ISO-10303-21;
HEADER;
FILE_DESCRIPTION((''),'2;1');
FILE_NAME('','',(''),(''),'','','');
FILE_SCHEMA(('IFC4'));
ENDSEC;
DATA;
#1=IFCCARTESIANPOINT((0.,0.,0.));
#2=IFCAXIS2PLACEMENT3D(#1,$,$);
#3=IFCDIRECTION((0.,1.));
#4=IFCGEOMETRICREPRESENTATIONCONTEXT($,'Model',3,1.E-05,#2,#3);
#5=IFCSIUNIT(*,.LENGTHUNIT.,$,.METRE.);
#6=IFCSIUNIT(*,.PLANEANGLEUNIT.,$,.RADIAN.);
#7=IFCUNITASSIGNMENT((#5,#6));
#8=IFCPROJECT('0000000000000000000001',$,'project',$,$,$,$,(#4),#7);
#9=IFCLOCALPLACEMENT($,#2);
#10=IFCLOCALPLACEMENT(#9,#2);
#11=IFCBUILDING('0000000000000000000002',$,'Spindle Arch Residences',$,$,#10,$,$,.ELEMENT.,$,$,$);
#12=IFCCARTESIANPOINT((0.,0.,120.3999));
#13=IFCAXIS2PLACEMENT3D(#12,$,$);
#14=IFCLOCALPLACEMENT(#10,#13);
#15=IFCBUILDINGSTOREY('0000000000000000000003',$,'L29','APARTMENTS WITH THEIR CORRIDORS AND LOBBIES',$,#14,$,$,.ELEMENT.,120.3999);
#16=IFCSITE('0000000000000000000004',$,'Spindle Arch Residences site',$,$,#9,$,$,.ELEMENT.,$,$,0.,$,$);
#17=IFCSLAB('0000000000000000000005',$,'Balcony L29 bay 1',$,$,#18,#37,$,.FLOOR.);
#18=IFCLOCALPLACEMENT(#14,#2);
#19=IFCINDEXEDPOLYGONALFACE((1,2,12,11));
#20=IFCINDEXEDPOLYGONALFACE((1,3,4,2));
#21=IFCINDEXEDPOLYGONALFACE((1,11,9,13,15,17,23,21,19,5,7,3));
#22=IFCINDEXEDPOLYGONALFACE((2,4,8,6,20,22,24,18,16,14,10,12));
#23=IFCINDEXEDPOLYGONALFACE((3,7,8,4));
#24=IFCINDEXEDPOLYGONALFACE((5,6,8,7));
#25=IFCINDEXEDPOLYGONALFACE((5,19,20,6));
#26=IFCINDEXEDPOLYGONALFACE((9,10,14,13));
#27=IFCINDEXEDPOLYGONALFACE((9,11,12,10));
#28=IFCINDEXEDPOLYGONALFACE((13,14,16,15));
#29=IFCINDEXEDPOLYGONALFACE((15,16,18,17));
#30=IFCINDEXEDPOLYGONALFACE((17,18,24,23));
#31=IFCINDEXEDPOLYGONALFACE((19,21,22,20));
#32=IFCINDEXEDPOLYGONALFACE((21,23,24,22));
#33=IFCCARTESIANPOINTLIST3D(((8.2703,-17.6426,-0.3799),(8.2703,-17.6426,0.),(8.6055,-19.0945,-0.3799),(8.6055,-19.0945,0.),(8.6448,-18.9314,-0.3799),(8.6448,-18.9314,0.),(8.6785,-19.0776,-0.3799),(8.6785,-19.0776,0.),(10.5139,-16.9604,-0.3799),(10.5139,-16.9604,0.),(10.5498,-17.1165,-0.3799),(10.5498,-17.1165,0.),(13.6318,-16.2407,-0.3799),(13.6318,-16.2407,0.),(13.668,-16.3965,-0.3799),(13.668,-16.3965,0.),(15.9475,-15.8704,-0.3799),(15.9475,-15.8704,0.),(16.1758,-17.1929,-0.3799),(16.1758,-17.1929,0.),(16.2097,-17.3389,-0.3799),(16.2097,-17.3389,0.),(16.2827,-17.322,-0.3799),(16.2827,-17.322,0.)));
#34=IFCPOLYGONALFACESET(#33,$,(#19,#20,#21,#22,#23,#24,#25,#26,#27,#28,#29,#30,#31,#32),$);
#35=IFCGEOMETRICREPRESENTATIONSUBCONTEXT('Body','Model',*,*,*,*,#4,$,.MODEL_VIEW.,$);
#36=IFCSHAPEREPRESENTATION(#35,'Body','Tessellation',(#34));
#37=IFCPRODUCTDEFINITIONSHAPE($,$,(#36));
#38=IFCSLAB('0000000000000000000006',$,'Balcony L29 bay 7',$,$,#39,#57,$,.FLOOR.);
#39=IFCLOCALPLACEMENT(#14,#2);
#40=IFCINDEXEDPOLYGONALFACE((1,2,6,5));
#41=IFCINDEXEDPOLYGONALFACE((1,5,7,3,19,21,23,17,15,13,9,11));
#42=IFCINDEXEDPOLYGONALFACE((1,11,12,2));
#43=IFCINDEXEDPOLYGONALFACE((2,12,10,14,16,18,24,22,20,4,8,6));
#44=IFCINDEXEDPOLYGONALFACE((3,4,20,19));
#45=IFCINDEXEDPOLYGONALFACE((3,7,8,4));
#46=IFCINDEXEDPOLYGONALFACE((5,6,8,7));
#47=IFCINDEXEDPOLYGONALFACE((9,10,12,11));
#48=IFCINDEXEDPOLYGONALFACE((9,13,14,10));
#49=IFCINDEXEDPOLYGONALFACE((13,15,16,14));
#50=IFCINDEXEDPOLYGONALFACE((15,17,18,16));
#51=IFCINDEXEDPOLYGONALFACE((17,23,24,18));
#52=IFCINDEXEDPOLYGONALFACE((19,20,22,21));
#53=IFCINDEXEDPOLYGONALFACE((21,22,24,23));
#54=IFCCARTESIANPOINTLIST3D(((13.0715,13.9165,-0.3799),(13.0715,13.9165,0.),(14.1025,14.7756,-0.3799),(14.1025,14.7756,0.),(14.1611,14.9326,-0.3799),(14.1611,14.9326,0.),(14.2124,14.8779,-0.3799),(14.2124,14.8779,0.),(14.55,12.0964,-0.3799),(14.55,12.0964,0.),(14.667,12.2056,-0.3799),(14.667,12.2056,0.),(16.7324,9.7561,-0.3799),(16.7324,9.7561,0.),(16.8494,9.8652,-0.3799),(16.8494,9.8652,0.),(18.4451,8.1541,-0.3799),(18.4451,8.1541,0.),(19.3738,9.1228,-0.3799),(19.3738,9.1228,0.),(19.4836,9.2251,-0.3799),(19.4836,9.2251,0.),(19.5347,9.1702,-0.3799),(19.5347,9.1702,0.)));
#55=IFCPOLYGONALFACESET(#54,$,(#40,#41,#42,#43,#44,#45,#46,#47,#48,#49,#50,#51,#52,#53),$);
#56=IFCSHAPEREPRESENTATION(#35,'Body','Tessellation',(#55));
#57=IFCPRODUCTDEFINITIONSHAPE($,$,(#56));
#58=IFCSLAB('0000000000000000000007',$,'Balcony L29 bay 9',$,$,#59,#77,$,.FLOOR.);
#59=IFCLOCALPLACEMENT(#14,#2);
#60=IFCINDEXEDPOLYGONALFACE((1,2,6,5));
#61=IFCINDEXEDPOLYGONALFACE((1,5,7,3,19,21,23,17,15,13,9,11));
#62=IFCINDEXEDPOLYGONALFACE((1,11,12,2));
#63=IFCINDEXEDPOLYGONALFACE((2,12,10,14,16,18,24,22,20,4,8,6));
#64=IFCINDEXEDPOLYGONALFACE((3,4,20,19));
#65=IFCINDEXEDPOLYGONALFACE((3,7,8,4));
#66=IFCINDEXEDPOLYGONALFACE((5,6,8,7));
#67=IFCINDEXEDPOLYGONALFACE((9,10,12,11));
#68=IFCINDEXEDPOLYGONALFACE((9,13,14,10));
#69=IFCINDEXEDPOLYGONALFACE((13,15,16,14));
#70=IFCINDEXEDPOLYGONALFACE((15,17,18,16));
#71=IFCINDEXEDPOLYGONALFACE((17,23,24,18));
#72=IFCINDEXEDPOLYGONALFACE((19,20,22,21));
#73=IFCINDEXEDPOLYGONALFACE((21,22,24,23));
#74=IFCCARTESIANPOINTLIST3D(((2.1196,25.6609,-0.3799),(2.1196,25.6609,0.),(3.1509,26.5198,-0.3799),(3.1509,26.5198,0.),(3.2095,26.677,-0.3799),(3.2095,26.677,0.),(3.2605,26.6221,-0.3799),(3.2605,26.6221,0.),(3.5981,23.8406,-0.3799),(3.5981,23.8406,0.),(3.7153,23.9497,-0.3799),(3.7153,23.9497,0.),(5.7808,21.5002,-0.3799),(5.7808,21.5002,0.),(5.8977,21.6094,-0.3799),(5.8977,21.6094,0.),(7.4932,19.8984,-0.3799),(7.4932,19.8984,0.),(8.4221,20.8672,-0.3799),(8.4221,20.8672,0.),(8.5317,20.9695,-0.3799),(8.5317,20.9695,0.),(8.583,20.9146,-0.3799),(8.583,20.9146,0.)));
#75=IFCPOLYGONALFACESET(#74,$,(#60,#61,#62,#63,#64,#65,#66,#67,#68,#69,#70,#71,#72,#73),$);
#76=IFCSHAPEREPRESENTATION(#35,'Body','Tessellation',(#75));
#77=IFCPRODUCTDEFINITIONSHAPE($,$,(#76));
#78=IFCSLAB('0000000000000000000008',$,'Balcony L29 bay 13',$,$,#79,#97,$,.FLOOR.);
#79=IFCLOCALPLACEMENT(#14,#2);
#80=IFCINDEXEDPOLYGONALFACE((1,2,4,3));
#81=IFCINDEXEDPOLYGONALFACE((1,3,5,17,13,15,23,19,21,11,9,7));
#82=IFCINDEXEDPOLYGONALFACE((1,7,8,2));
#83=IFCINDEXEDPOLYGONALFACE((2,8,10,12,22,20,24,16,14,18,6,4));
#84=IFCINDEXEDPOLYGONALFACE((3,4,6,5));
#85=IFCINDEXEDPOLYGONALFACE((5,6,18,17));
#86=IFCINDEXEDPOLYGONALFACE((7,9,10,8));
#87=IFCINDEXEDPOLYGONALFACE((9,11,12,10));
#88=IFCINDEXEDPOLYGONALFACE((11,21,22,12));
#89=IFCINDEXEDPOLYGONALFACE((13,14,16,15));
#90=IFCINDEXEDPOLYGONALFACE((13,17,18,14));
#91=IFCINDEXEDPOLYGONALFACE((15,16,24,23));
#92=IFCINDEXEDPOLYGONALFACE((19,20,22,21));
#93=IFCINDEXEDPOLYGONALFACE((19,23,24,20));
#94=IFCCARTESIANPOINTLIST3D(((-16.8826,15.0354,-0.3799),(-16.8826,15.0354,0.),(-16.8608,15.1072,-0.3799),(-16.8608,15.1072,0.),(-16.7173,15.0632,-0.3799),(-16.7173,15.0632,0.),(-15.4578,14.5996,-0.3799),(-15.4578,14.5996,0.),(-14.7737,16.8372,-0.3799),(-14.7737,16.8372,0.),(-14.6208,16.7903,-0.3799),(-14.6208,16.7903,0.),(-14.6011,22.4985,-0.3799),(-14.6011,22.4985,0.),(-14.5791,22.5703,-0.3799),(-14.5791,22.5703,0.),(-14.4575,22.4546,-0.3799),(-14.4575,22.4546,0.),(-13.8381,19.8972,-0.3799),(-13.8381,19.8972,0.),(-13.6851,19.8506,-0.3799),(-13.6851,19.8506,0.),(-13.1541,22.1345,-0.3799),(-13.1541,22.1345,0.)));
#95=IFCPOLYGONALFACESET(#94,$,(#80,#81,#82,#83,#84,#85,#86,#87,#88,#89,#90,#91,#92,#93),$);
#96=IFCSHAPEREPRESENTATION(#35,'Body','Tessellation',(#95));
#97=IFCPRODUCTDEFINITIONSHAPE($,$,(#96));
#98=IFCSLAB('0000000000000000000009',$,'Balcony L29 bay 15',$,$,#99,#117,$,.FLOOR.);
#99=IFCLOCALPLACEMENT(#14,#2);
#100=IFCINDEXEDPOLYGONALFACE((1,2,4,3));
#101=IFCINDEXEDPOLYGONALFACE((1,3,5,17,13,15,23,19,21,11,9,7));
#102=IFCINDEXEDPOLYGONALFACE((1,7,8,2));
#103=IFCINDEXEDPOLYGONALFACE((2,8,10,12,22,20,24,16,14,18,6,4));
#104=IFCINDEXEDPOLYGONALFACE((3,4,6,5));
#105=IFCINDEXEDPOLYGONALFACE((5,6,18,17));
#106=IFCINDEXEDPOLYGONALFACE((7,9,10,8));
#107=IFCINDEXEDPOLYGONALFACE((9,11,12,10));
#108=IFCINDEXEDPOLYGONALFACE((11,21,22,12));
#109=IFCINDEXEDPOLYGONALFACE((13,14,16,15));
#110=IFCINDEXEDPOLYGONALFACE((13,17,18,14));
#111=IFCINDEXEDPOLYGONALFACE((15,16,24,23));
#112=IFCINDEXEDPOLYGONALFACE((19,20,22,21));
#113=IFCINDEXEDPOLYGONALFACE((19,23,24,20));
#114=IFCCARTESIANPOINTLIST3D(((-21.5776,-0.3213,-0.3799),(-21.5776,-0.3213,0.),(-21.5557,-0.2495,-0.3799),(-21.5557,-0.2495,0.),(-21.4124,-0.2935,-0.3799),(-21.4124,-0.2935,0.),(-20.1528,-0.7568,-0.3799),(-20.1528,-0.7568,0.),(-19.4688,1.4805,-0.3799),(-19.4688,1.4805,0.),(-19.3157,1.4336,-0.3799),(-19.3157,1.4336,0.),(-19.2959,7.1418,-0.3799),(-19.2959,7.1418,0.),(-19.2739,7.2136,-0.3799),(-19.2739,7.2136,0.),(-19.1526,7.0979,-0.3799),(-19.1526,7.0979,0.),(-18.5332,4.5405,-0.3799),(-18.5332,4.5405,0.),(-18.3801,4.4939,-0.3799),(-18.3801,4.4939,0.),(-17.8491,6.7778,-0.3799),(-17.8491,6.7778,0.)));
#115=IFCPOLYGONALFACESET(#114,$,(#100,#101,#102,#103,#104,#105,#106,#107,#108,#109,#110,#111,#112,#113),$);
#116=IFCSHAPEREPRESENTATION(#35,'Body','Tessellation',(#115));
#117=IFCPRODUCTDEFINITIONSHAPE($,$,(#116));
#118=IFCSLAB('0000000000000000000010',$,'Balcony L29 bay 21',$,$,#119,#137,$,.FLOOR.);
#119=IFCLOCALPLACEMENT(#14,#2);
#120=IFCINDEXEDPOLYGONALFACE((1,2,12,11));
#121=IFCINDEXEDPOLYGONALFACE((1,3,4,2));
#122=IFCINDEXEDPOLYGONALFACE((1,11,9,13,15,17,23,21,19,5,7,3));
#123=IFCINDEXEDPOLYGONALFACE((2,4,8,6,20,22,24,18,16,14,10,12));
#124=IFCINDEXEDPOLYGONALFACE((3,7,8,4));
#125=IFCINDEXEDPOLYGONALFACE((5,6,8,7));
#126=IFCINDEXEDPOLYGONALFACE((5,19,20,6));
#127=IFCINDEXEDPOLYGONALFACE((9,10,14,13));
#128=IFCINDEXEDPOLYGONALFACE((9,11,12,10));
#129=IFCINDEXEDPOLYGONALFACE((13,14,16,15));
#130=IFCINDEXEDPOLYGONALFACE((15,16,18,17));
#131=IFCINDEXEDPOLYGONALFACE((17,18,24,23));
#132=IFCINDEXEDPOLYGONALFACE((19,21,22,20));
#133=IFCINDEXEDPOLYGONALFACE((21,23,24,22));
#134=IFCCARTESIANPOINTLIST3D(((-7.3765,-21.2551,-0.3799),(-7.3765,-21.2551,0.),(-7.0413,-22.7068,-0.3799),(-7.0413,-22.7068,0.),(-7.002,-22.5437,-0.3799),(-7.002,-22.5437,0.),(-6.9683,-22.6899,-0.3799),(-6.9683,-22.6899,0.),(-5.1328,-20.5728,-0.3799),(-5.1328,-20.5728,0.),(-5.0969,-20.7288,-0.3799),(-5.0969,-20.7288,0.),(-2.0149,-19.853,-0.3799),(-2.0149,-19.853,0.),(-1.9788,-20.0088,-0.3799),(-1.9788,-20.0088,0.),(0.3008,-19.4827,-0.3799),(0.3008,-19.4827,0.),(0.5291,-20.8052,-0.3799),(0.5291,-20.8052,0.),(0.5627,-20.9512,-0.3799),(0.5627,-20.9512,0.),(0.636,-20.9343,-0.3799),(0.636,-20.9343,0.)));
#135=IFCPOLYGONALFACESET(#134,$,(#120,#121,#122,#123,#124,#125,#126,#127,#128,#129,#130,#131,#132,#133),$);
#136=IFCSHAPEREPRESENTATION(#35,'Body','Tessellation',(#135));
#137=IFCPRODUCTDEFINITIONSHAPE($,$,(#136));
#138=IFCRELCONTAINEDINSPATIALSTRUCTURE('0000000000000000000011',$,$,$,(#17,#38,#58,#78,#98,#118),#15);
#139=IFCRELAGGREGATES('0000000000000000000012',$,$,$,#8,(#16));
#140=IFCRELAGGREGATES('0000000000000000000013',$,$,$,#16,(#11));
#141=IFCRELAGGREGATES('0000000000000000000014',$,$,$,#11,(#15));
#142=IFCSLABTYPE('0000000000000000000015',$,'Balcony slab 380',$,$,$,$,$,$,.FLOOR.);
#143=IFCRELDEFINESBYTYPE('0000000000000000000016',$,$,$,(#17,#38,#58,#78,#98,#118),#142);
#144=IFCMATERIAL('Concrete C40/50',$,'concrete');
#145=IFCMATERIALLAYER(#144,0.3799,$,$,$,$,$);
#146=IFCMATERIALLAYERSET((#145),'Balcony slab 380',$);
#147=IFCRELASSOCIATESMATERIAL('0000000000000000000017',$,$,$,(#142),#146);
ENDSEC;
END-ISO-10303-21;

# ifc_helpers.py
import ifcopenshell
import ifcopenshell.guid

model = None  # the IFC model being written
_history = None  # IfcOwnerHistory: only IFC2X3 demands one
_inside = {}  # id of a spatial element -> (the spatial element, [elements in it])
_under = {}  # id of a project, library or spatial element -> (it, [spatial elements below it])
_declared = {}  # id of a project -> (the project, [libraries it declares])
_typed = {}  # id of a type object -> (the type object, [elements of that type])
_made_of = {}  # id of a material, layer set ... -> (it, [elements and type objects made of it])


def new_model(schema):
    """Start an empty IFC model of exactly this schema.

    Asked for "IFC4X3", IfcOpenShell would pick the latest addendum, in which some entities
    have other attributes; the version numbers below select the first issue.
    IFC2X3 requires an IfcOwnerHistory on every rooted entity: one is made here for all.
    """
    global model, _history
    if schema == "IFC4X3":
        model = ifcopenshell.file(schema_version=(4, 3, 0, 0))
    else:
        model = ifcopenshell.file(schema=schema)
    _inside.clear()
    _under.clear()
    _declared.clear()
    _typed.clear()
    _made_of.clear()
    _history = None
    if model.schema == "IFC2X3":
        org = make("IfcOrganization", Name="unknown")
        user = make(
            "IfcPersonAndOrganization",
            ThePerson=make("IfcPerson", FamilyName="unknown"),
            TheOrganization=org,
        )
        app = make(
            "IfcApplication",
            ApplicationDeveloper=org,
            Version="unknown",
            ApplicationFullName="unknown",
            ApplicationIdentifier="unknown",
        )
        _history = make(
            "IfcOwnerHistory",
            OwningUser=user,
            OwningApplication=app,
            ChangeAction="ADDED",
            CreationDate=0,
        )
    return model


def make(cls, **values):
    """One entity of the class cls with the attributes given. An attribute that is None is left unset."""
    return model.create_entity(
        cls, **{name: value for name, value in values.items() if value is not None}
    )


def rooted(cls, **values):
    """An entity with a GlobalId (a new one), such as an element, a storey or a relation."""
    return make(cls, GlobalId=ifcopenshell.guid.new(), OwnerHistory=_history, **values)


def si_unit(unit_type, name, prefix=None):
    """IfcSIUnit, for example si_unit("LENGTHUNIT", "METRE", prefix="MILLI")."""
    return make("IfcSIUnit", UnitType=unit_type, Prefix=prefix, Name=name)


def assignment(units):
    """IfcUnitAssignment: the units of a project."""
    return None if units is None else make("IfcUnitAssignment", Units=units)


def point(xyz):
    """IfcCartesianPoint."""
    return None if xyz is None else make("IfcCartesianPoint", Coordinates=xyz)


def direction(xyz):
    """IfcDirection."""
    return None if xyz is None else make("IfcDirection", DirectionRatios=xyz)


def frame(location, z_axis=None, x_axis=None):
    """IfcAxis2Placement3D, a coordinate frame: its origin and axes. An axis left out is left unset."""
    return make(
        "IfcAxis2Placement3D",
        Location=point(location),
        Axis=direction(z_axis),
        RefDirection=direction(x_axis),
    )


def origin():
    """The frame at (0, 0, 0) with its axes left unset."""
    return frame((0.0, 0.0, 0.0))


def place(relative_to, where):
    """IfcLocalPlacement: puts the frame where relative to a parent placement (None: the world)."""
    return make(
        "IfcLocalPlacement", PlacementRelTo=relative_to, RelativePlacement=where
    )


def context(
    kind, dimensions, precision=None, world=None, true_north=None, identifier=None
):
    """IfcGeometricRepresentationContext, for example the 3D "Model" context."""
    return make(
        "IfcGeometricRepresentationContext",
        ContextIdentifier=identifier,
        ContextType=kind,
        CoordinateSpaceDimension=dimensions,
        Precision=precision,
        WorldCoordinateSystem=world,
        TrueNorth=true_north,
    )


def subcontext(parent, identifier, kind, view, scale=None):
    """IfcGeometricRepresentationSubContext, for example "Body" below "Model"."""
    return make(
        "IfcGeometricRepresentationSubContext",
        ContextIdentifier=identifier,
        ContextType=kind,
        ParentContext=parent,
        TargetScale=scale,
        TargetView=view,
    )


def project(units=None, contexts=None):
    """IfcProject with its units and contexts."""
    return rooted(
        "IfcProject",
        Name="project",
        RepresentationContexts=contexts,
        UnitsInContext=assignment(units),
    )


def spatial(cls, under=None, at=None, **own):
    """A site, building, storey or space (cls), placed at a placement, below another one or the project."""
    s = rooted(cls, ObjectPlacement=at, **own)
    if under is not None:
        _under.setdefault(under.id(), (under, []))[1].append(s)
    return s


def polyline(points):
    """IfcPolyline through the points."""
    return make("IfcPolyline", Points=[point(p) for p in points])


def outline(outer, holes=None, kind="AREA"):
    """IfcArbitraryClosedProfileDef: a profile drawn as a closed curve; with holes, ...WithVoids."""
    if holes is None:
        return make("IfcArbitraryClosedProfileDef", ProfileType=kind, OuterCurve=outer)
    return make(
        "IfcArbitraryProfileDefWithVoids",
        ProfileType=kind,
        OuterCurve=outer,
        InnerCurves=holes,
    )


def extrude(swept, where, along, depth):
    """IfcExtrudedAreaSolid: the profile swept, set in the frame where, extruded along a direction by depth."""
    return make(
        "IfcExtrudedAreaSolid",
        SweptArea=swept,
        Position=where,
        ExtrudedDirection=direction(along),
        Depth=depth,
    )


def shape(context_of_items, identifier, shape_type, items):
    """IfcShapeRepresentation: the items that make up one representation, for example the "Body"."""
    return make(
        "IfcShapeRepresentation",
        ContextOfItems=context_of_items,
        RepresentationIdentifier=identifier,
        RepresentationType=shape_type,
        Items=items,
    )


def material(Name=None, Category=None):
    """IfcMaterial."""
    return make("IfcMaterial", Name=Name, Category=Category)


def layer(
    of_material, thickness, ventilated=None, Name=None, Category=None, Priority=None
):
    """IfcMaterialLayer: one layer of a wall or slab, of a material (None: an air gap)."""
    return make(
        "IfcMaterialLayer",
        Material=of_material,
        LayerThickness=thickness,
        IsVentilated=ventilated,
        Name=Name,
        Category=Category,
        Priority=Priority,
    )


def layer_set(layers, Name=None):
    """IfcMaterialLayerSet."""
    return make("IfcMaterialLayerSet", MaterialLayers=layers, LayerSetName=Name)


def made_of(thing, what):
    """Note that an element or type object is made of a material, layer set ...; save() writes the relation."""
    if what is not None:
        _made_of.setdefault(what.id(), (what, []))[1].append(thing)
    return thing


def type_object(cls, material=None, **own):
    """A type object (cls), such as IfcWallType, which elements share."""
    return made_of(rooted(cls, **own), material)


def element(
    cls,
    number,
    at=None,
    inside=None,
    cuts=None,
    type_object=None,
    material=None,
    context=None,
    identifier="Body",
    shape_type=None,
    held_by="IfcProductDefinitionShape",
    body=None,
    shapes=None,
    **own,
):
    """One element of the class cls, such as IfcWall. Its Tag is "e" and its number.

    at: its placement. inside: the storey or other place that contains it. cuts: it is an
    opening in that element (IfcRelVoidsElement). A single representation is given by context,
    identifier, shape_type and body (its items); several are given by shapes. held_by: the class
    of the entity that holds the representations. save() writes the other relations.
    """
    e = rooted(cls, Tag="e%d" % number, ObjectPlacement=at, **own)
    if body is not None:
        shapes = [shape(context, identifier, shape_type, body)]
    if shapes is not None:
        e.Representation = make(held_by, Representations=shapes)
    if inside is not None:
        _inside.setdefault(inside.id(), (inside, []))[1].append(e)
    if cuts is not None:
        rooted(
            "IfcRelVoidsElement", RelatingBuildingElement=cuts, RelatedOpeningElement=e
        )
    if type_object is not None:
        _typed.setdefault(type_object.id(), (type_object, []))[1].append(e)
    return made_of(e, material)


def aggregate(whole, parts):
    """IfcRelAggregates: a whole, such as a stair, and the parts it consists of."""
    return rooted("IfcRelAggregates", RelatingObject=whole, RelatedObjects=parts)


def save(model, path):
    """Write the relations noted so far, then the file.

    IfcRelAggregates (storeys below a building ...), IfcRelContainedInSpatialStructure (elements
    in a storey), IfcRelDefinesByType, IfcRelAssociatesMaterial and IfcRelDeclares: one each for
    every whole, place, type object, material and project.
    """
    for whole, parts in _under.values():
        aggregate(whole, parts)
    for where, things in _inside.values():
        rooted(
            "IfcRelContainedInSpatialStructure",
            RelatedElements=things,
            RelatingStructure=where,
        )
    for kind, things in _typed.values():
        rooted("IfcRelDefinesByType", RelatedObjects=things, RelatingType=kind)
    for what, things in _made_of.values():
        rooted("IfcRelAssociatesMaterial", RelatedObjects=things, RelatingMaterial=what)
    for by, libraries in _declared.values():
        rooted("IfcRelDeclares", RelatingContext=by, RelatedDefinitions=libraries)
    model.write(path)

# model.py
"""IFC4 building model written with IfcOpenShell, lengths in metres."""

from ifc_helpers import new_model, si_unit, direction, frame, origin, place, context, subcontext, project, spatial, polyline, outline, extrude, material, layer, layer_set, type_object, element, save


model = new_model("IFC4")

# Units and contexts
model_context = context("Model", 3, precision=1e-05, world=origin(), true_north=direction((0.0, 1.0)))
body_context = subcontext(model_context, "Body", "Model", "MODEL_VIEW")
ifc_project = project(units=[si_unit("LENGTHUNIT", "METRE"), si_unit("PLANEANGLEUNIT", "RADIAN")], contexts=[model_context])

# Site, building, storey
site_placement = place(None, origin())
site = spatial("IfcSite", under=ifc_project, at=site_placement, Name="Spindle Arch Residences site", CompositionType="ELEMENT", RefElevation=0.0)
building_placement = place(site_placement, origin())
building = spatial("IfcBuilding", under=site, at=building_placement, Name="Spindle Arch Residences", CompositionType="ELEMENT")
storey_placement = place(building_placement, frame((0.0, 0.0, 120.3999)))
storey = spatial("IfcBuildingStorey", under=building, at=storey_placement, Name="L29", Description="APARTMENTS WITH THEIR CORRIDORS AND LOBBIES", CompositionType="ELEMENT", Elevation=120.3999)

# Slabs
ifc_material_1 = material(Name="Concrete C40/50", Category="concrete")
ifc_layer_1 = layer(ifc_material_1, 0.3799)
ifc_layer_set_1 = layer_set([ifc_layer_1], Name="Balcony slab 380")
slab_type_1 = type_object("IfcSlabType", Name="Balcony slab 380", PredefinedType="FLOOR", material=ifc_layer_set_1)
slab_1_placement = place(storey_placement, frame((0.0, 0.0, -0.3799)))
element("IfcSlab", 1, at=slab_1_placement, inside=storey, type_object=slab_type_1, Name="Balcony L29 bay 1", PredefinedType="FLOOR", context=body_context, shape_type="SweptSolid", body=[
    extrude(outline(polyline([(8.6055, -19.0945), (8.6785, -19.0776), (8.6448, -18.9314), (16.1758, -17.1929), (16.2097, -17.3389), (16.2827, -17.322), (15.9475, -15.8704), (13.668, -16.3965), (13.6318, -16.2407), (10.5139, -16.9604), (10.5498, -17.1165), (8.2703, -17.6426), (8.6055, -19.0945)])), origin(), (0.0, 0.0, 1.0), 0.3799),
])
slab_2_placement = place(storey_placement, frame((0.0, 0.0, -0.3799)))
element("IfcSlab", 2, at=slab_2_placement, inside=storey, type_object=slab_type_1, Name="Balcony L29 bay 7", PredefinedType="FLOOR", context=body_context, shape_type="SweptSolid", body=[
    extrude(outline(polyline([(19.5347, 9.1702), (19.4836, 9.2251), (19.3738, 9.1228), (14.1025, 14.7756), (14.2124, 14.8779), (14.1611, 14.9326), (13.0715, 13.9165), (14.667, 12.2056), (14.55, 12.0964), (16.7324, 9.7561), (16.8494, 9.8652), (18.4451, 8.1541), (19.5347, 9.1702)])), origin(), (0.0, 0.0, 1.0), 0.3799),
])
slab_3_placement = place(storey_placement, frame((0.0, 0.0, -0.3799)))
element("IfcSlab", 3, at=slab_3_placement, inside=storey, type_object=slab_type_1, Name="Balcony L29 bay 9", PredefinedType="FLOOR", context=body_context, shape_type="SweptSolid", body=[
    extrude(outline(polyline([(8.583, 20.9146), (8.5317, 20.9695), (8.4221, 20.8672), (3.1509, 26.5198), (3.2605, 26.6221), (3.2095, 26.677), (2.1196, 25.6609), (3.7153, 23.9497), (3.5981, 23.8406), (5.7808, 21.5002), (5.8977, 21.6094), (7.4932, 19.8984), (8.583, 20.9146)])), origin(), (0.0, 0.0, 1.0), 0.3799),
])
slab_4_placement = place(storey_placement, frame((0.0, 0.0, -0.3799)))
element("IfcSlab", 4, at=slab_4_placement, inside=storey, type_object=slab_type_1, Name="Balcony L29 bay 13", PredefinedType="FLOOR", context=body_context, shape_type="SweptSolid", body=[
    extrude(outline(polyline([(-14.5791, 22.5703), (-14.6011, 22.4985), (-14.4575, 22.4546), (-16.7173, 15.0632), (-16.8608, 15.1072), (-16.8826, 15.0354), (-15.4578, 14.5996), (-14.7737, 16.8372), (-14.6208, 16.7903), (-13.6851, 19.8506), (-13.8381, 19.8972), (-13.1541, 22.1345), (-14.5791, 22.5703)])), origin(), (0.0, 0.0, 1.0), 0.3799),
])
slab_5_placement = place(storey_placement, frame((0.0, 0.0, -0.3799)))
element("IfcSlab", 5, at=slab_5_placement, inside=storey, type_object=slab_type_1, Name="Balcony L29 bay 15", PredefinedType="FLOOR", context=body_context, shape_type="SweptSolid", body=[
    extrude(outline(polyline([(-19.2739, 7.2136), (-19.2959, 7.1418), (-19.1526, 7.0979), (-21.4124, -0.2935), (-21.5557, -0.2495), (-21.5776, -0.3213), (-20.1528, -0.7568), (-19.4688, 1.4805), (-19.3157, 1.4336), (-18.3801, 4.4939), (-18.5332, 4.5405), (-17.8491, 6.7778), (-19.2739, 7.2136)])), origin(), (0.0, 0.0, 1.0), 0.3799),
])
slab_6_placement = place(storey_placement, frame((0.0, 0.0, -0.3799)))
element("IfcSlab", 6, at=slab_6_placement, inside=storey, type_object=slab_type_1, Name="Balcony L29 bay 21", PredefinedType="FLOOR", context=body_context, shape_type="SweptSolid", body=[
    extrude(outline(polyline([(-7.0413, -22.7068), (-6.9683, -22.6899), (-7.002, -22.5437), (0.5291, -20.8052), (0.5627, -20.9512), (0.636, -20.9343), (0.3008, -19.4827), (-1.9788, -20.0088), (-2.0149, -19.853), (-5.1328, -20.5728), (-5.0969, -20.7288), (-7.3765, -21.2551), (-7.0413, -22.7068)])), origin(), (0.0, 0.0, 1.0), 0.3799),
])

save(model, "model.ifc")
